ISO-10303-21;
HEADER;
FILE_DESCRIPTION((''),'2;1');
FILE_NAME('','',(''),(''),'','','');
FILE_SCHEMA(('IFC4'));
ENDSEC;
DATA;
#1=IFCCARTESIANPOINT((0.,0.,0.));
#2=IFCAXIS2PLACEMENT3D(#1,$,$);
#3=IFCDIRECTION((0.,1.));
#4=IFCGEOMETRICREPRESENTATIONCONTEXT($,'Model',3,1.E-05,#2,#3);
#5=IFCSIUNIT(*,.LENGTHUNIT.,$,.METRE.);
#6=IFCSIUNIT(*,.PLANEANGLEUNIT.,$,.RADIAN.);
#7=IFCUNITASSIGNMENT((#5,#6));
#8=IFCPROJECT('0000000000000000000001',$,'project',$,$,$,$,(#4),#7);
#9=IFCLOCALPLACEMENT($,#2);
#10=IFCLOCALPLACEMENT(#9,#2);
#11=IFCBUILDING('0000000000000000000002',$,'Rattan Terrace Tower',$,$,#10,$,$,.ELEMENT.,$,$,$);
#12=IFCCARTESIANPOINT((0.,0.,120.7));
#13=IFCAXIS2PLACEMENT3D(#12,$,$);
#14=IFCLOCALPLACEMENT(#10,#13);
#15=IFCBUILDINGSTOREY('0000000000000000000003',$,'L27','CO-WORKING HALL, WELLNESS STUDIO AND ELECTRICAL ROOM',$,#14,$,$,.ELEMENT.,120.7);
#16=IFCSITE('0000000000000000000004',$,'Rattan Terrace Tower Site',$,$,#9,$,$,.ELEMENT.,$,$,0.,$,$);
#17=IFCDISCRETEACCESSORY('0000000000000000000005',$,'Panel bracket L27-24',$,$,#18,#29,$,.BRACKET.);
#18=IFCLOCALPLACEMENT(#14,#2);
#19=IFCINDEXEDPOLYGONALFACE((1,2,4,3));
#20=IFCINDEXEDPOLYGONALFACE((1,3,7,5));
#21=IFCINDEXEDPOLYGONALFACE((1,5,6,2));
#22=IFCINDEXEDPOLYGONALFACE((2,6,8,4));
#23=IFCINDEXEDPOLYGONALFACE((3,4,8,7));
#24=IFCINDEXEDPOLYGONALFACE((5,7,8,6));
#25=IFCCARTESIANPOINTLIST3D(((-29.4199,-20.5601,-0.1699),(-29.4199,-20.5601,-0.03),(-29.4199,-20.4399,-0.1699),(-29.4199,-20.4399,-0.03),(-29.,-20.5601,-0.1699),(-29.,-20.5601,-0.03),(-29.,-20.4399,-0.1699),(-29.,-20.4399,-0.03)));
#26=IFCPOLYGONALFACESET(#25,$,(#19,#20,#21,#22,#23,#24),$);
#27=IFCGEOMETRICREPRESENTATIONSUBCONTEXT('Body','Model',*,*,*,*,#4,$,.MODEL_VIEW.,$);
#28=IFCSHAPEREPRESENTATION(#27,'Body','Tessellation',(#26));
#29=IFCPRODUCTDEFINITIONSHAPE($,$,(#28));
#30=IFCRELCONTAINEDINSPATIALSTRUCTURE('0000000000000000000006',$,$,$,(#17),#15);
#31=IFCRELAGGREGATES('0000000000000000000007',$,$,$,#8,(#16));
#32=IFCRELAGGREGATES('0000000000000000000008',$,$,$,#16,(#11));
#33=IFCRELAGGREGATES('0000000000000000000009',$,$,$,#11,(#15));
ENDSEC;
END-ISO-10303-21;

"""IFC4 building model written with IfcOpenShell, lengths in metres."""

from ifc_helpers import new_model, si_unit, direction, frame, origin, origin_2d, place, context, subcontext, project, spatial, rectangle, extrude, element, save


model = new_model("IFC4")

# Units and contexts
model_context = context("Model", 3, precision=1e-05, world=origin(), true_north=direction((0.0, 1.0)))
body_context = subcontext(model_context, "Body", "Model", "MODEL_VIEW")
ifc_project = project(units=[si_unit("LENGTHUNIT", "METRE"), si_unit("PLANEANGLEUNIT", "RADIAN")], contexts=[model_context])

# Site, building, storey
site_placement = place(None, origin())
site = spatial("IfcSite", under=ifc_project, at=site_placement, Name="Rattan Terrace Tower Site", CompositionType="ELEMENT", RefElevation=0.0)
building_placement = place(site_placement, origin())
building = spatial("IfcBuilding", under=site, at=building_placement, Name="Rattan Terrace Tower", CompositionType="ELEMENT")
storey_placement = place(building_placement, frame((0.0, 0.0, 120.7)))
storey = spatial("IfcBuildingStorey", under=building, at=storey_placement, Name="L27", Description="CO-WORKING HALL, WELLNESS STUDIO AND ELECTRICAL ROOM", CompositionType="ELEMENT", Elevation=120.7)

# Discrete accessory
for number, where, z_axis, x_axis, name in (
    (1, (-29.21, -20.5, -0.1699), (0.0, 0.0, 1.0), (0.0, -1.0, 0.0), "Panel bracket L27-24"),
):
    element("IfcDiscreteAccessory", number, at=place(storey_placement, frame(where, z_axis=z_axis, x_axis=x_axis)), inside=storey, Name=name, PredefinedType="BRACKET", context=body_context, shape_type="SweptSolid", body=[
        extrude(rectangle(XDim=0.1201, YDim=0.4199, at=origin_2d()), origin(), (0.0, 0.0, 1.0), 0.1399),
    ])

save(model, "model.ifc")
